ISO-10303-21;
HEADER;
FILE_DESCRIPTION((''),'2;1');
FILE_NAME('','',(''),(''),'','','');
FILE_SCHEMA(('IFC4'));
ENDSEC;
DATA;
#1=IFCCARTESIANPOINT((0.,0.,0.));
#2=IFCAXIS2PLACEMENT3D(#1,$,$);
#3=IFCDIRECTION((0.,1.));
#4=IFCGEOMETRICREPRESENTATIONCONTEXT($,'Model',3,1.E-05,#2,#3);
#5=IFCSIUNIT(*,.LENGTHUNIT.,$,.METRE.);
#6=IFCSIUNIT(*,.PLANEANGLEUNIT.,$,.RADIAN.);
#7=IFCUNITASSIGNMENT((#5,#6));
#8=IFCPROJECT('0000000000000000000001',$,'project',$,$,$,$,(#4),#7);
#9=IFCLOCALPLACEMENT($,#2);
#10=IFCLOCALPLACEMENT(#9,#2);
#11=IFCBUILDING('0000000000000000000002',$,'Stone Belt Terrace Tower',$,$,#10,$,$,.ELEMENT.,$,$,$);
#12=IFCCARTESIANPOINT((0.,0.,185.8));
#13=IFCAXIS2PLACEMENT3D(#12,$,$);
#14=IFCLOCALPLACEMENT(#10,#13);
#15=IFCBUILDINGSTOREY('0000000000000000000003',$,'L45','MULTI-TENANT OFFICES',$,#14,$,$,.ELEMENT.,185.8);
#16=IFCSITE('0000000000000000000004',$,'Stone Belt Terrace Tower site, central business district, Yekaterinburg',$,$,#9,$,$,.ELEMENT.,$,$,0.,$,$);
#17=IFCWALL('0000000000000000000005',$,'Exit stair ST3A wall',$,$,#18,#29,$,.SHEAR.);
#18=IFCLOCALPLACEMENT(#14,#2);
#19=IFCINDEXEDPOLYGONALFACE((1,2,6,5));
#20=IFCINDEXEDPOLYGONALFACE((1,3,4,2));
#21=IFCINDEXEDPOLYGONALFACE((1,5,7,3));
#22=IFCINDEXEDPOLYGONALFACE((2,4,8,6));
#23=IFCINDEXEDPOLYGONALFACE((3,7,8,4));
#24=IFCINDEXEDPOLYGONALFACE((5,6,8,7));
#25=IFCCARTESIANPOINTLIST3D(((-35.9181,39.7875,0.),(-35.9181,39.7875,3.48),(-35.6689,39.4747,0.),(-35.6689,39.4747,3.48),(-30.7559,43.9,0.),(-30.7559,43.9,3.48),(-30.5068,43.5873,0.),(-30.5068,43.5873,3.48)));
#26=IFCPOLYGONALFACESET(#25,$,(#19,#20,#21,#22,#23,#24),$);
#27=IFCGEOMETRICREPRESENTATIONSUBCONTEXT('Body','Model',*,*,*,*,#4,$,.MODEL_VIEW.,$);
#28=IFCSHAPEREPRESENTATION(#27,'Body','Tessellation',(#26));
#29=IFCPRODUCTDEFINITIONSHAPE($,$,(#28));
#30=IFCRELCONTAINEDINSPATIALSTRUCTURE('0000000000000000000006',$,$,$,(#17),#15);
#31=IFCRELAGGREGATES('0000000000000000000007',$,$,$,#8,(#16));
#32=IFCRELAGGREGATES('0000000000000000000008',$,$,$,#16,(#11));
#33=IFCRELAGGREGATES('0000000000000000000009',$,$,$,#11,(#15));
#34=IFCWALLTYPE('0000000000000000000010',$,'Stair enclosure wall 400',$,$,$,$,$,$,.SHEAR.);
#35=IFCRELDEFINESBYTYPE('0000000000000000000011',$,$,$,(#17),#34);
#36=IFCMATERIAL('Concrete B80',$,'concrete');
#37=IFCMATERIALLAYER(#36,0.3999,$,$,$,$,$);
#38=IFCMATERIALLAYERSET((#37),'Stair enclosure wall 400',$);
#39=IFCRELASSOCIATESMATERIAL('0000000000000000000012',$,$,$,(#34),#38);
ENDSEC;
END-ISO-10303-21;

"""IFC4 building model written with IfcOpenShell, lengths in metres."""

from ifc_helpers import new_model, si_unit, direction, frame, frame_2d, origin, place, context, subcontext, project, spatial, rectangle, extrude, material, layer, layer_set, type_object, element, save


model = new_model("IFC4")

# Units and contexts
model_context = context("Model", 3, precision=1e-05, world=origin(), true_north=direction((0.0, 1.0)))
body_context = subcontext(model_context, "Body", "Model", "MODEL_VIEW")
ifc_project = project(units=[si_unit("LENGTHUNIT", "METRE"), si_unit("PLANEANGLEUNIT", "RADIAN")], contexts=[model_context])

# Site, building, storey
site_placement = place(None, origin())
site = spatial("IfcSite", under=ifc_project, at=site_placement, Name="Stone Belt Terrace Tower site, central business district, Yekaterinburg", CompositionType="ELEMENT", RefElevation=0.0)
building_placement = place(site_placement, origin())
building = spatial("IfcBuilding", under=site, at=building_placement, Name="Stone Belt Terrace Tower", CompositionType="ELEMENT")
storey_placement = place(building_placement, frame((0.0, 0.0, 185.8)))
storey = spatial("IfcBuildingStorey", under=building, at=storey_placement, Name="L45", Description="MULTI-TENANT OFFICES", CompositionType="ELEMENT", Elevation=185.8)

# Shared definitions
ifc_material_1 = material(Name="Concrete B80", Category="concrete")

# Wall
ifc_layer_1 = layer(ifc_material_1, 0.3999)
ifc_layer_set_1 = layer_set([ifc_layer_1], Name="Stair enclosure wall 400")
wall_type_1 = type_object("IfcWallType", Name="Stair enclosure wall 400", PredefinedType="SHEAR", material=ifc_layer_set_1)
wall_1_placement = place(storey_placement, frame((-30.6313, 43.7437, 0.0), z_axis=(0.0, 0.0, 1.0), x_axis=(-0.782134, -0.62311, 0.0)))
element("IfcWall", 1, at=wall_1_placement, inside=storey, type_object=wall_type_1, Name="Exit stair ST3A wall", PredefinedType="SHEAR", context=body_context, shape_type="SweptSolid", body=[
    extrude(rectangle(XDim=6.6001, YDim=0.3999, at=frame_2d((3.3, 0.0))), origin(), (0.0, 0.0, 1.0), 3.48),
])

save(model, "model.ifc")
